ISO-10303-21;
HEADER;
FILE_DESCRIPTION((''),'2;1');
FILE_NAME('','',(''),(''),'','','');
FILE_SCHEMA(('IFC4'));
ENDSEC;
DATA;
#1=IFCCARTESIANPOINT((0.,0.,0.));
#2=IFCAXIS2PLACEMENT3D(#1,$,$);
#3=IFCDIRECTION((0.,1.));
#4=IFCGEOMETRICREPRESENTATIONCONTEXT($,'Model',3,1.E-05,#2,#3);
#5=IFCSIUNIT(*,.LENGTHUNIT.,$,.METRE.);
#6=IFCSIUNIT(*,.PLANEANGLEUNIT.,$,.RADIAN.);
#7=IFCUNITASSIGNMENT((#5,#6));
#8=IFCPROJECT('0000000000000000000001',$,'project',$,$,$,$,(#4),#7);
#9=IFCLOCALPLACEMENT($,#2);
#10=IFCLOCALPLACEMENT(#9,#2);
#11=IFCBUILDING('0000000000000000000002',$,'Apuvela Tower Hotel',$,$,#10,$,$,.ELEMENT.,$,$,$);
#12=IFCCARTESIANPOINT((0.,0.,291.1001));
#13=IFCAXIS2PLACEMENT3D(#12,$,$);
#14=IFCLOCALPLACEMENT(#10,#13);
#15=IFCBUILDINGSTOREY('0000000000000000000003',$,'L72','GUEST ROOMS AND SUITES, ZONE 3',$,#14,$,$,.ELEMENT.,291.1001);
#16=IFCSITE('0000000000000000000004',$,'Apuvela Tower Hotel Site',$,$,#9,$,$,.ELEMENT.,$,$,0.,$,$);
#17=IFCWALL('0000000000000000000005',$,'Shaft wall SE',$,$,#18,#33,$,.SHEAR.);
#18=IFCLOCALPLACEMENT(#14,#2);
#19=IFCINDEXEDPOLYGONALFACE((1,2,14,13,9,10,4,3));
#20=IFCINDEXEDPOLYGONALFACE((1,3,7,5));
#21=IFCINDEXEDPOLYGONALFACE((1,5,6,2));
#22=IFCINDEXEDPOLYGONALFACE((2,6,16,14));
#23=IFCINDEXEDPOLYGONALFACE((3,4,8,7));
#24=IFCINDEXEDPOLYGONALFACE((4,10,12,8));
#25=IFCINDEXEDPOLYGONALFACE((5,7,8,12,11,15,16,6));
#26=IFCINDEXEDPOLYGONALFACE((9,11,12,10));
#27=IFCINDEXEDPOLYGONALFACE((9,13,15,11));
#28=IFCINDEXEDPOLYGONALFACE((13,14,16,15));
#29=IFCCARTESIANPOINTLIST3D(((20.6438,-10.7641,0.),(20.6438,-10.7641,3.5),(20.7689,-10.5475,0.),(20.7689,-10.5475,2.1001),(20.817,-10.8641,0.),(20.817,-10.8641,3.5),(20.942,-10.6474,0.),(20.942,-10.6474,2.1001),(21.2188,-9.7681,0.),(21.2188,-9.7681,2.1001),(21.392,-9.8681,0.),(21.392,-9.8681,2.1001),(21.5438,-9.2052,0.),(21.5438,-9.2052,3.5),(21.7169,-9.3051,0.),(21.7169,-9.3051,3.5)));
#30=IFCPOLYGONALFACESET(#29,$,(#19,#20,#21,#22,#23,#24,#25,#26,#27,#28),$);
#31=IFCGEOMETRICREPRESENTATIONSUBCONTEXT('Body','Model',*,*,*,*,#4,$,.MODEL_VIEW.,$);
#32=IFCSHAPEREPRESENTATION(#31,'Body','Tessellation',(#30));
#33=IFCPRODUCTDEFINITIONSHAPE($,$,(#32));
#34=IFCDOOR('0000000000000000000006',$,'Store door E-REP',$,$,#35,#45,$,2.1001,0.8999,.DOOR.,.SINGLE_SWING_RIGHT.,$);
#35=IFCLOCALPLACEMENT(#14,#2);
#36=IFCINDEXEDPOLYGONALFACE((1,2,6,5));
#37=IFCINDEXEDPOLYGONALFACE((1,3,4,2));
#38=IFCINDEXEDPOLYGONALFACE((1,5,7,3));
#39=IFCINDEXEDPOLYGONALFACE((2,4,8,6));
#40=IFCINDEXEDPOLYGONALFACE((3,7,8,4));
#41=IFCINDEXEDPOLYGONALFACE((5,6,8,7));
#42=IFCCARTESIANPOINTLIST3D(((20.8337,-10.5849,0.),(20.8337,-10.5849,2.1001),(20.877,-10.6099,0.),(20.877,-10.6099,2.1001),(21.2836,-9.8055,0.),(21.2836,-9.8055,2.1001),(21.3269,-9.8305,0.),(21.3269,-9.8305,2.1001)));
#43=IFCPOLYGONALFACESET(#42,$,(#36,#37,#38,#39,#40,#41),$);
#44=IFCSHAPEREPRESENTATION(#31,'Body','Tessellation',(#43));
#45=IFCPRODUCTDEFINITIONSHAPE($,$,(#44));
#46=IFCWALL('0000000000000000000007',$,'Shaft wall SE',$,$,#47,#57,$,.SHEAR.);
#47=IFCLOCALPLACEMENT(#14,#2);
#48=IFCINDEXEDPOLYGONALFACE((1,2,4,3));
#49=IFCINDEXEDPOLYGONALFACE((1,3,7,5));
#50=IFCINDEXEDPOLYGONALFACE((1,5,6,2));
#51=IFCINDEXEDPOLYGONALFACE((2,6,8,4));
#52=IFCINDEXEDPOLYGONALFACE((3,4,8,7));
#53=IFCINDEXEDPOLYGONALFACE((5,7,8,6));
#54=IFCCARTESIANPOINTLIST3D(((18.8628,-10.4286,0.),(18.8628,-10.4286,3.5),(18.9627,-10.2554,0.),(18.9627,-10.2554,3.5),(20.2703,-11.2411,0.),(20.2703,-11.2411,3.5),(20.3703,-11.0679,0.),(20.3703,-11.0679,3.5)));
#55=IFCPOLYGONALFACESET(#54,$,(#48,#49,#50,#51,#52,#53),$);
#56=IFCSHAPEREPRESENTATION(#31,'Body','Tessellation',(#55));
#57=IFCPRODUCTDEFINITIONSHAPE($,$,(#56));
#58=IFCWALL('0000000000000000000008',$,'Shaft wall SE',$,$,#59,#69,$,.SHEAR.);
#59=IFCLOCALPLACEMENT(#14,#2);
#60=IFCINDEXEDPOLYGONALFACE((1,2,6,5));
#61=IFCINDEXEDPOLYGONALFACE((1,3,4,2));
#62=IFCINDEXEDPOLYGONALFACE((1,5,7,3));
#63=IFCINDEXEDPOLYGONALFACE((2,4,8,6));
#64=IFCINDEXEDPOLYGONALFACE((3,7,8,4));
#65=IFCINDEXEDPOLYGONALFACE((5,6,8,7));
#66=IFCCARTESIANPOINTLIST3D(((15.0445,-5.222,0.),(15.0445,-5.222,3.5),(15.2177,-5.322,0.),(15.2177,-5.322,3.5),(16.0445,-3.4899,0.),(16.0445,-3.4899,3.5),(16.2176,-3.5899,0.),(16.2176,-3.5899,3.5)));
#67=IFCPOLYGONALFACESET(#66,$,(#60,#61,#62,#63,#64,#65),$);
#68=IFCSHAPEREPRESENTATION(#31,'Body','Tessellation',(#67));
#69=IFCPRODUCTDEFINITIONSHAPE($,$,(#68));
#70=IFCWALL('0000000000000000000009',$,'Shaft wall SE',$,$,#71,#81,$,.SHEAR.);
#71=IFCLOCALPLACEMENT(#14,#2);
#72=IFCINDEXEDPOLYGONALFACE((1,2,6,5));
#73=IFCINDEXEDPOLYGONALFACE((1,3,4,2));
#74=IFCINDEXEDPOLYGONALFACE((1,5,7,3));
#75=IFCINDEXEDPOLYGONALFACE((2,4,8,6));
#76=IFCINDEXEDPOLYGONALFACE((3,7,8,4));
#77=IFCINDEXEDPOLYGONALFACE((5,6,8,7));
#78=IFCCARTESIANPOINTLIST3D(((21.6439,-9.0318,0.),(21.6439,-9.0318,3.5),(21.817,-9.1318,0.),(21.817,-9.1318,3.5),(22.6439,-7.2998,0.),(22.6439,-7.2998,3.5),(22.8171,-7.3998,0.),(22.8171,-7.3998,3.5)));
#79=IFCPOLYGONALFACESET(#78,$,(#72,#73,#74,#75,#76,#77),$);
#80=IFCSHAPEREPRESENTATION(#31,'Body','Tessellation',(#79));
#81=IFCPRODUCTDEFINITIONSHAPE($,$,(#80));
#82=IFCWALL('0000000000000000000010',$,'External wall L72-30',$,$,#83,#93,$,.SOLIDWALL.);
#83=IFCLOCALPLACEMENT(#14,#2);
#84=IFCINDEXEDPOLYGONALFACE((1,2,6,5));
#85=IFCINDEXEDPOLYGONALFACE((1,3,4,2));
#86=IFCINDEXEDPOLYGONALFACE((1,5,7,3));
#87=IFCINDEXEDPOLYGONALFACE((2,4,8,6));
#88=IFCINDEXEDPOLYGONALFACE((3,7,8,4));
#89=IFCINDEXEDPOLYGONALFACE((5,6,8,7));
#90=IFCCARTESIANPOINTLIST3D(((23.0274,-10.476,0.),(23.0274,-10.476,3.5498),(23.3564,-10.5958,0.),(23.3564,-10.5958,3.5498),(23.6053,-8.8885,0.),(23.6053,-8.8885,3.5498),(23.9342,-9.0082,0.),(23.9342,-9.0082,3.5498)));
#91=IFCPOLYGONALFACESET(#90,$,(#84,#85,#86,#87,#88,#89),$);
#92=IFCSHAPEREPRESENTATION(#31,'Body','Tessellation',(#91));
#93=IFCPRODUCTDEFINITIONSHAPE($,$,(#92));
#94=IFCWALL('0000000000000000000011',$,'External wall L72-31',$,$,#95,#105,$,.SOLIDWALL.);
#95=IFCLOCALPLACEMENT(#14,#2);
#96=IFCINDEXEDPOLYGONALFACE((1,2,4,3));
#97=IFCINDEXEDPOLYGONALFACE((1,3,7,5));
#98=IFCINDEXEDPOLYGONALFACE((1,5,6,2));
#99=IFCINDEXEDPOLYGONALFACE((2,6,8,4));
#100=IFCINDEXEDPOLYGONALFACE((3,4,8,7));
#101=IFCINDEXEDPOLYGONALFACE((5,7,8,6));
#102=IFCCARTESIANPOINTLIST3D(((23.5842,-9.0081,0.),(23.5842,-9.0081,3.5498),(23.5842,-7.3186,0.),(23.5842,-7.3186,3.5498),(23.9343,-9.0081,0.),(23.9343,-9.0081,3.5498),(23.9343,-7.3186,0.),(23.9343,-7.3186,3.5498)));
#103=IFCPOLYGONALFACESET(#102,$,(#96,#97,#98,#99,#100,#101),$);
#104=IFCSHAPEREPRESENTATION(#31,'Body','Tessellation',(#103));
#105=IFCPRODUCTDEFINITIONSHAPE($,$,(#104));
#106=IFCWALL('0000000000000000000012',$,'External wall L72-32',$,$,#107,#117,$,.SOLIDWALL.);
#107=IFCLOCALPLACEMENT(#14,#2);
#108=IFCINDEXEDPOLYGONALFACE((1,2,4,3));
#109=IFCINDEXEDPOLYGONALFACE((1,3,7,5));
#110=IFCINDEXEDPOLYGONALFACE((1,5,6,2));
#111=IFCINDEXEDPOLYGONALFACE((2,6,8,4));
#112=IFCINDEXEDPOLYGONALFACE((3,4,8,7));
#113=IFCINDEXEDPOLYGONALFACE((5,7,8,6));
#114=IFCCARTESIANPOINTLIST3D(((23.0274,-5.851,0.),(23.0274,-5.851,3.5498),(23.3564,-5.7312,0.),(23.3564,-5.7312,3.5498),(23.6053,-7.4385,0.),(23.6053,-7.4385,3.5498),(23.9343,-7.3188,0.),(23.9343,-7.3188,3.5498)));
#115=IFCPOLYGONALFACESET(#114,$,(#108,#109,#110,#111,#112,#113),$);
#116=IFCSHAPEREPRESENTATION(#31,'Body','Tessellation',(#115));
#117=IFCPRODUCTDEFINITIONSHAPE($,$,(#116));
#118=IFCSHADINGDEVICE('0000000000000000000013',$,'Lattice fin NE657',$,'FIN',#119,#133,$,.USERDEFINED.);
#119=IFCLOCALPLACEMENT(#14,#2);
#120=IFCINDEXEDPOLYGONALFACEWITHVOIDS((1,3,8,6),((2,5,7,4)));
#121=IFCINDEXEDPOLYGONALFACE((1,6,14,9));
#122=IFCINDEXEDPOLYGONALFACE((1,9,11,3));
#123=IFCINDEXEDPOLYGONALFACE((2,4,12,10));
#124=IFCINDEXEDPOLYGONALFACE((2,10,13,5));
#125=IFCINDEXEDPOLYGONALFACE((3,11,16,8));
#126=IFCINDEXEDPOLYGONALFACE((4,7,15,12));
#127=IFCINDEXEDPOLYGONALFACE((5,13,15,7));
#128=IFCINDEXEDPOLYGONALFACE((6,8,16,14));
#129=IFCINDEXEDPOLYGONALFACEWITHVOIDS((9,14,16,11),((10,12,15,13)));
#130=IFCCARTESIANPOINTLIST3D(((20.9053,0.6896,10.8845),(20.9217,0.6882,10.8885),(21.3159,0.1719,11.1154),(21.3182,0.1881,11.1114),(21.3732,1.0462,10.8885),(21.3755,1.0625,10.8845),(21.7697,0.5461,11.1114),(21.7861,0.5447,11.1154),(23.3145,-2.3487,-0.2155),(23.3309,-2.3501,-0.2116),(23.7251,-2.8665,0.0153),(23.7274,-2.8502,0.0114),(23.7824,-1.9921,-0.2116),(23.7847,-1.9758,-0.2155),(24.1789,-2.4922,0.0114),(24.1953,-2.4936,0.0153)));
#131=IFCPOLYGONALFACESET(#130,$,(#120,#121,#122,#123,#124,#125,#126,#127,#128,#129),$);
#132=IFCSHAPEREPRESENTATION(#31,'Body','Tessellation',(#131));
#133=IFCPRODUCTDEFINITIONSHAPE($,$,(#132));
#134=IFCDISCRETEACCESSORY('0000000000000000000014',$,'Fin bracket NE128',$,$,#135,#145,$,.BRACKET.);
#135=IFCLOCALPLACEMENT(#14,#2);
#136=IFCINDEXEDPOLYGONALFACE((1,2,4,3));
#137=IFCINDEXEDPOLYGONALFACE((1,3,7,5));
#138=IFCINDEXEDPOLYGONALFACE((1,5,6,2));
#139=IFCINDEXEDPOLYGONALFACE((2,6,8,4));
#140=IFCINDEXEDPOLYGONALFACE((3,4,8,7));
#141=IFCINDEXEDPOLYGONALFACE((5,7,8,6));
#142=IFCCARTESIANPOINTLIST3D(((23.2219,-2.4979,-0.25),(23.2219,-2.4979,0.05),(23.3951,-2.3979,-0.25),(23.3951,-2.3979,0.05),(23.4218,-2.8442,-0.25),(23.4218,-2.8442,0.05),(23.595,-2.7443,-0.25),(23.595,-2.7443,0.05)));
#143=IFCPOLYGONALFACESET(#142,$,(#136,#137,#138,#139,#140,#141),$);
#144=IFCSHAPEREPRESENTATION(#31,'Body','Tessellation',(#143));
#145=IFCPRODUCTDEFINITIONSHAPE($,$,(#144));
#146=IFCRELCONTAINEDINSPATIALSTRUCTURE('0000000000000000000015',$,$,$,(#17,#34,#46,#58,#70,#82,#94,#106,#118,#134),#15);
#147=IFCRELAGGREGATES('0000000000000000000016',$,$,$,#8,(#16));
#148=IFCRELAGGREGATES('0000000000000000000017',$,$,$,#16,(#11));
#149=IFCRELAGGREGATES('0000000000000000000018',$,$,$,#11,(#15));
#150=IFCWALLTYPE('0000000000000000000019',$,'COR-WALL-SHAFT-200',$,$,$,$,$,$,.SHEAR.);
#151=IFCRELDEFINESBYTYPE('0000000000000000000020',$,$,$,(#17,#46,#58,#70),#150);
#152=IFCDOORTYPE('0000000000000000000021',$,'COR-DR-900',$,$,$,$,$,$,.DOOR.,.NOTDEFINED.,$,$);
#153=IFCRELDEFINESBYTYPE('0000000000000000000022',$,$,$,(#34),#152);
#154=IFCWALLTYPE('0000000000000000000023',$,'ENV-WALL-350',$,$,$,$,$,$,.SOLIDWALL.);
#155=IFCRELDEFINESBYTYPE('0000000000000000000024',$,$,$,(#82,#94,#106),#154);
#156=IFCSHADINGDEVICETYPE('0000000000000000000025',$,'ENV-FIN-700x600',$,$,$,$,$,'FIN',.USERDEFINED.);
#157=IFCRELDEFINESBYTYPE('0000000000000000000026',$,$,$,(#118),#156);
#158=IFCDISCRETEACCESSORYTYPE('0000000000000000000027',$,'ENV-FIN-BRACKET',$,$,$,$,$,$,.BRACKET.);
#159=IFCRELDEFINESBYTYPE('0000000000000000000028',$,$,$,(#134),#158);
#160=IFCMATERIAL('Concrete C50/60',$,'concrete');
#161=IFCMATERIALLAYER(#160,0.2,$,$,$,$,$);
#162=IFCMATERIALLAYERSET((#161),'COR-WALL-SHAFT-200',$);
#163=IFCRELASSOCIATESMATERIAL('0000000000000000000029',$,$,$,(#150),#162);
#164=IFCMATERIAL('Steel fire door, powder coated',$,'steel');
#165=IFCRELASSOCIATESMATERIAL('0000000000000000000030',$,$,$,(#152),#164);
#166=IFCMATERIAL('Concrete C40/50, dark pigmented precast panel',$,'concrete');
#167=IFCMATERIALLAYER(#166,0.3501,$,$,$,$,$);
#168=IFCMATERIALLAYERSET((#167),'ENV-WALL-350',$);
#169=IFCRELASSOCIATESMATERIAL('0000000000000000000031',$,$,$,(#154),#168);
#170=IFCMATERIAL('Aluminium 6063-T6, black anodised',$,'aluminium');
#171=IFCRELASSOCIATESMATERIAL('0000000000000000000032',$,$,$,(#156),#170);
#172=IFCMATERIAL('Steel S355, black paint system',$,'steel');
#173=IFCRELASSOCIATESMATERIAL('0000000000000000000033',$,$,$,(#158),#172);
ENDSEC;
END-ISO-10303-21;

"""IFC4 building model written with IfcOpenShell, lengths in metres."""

from ifc_helpers import new_model, si_unit, direction, frame, frame_2d, origin, origin_2d, place, context, subcontext, project, spatial, rectangle, hollow_rectangle, extrude, material, layer, layer_set, material_profile, profile_set, type_object, element, fill, save


model = new_model("IFC4")

# Units and contexts
model_context = context("Model", 3, precision=1e-05, world=origin(), true_north=direction((0.0, 1.0)))
body_context = subcontext(model_context, "Body", "Model", "MODEL_VIEW")
ifc_project = project(units=[si_unit("LENGTHUNIT", "METRE"), si_unit("PLANEANGLEUNIT", "RADIAN")], contexts=[model_context])

# Site, building, storey
site_placement = place(None, origin())
site = spatial("IfcSite", under=ifc_project, at=site_placement, Name="Apuvela Tower Hotel Site", CompositionType="ELEMENT", RefElevation=0.0)
building_placement = place(site_placement, origin())
building = spatial("IfcBuilding", under=site, at=building_placement, Name="Apuvela Tower Hotel", CompositionType="ELEMENT")
storey_placement = place(building_placement, frame((0.0, 0.0, 291.1001)))
storey = spatial("IfcBuildingStorey", under=building, at=storey_placement, Name="L72", Description="GUEST ROOMS AND SUITES, ZONE 3", CompositionType="ELEMENT", Elevation=291.1001)

# Shared definitions
ifc_material_1 = material(Name="Concrete C50/60", Category="concrete")
ifc_layer_1 = layer(ifc_material_1, 0.2)
ifc_layer_set_1 = layer_set([ifc_layer_1], Name="COR-WALL-SHAFT-200")
wall_type_1 = type_object("IfcWallType", Name="COR-WALL-SHAFT-200", PredefinedType="SHEAR", material=ifc_layer_set_1)

# Wall, opening, door
wall_1_placement = place(storey_placement, frame((20.7305, -10.814, 0.0), z_axis=(0.0, 0.0, 1.0), x_axis=(0.499961, 0.866048, 0.0)))
wall_1 = element("IfcWall", 1, at=wall_1_placement, inside=storey, type_object=wall_type_1, Name="Shaft wall SE", PredefinedType="SHEAR", context=body_context, shape_type="SweptSolid", body=[
    extrude(rectangle(XDim=1.8, YDim=0.2, at=frame_2d((0.8999, 0.0))), origin(), (0.0, 0.0, 1.0), 3.5),
])
opening_1_placement = place(wall_1_placement, frame((0.25, 0.0, 0.0)))
opening_1 = element("IfcOpeningElement", 2, at=opening_1_placement, cuts=wall_1, PredefinedType="OPENING", context=body_context, shape_type="SweptSolid", body=[
    extrude(rectangle(XDim=0.8999, YDim=2.1001, at=frame_2d((0.45, 1.05))), frame((0.0, 0.1099, 0.0), z_axis=(0.0, -1.0, 0.0), x_axis=(1.0, 0.0, 0.0)), (0.0, 0.0, 1.0), 0.22),
])
ifc_material_2 = material(Name="Steel fire door, powder coated", Category="steel")
door_type_1 = type_object("IfcDoorType", Name="COR-DR-900", OperationType="NOTDEFINED", PredefinedType="DOOR", material=ifc_material_2)
door_1_placement = place(opening_1_placement, frame((0.8999, 0.0, 0.0), z_axis=(0.0, 0.0, 1.0), x_axis=(-1.0, 0.0, 0.0)))
door_1 = element("IfcDoor", 3, at=door_1_placement, inside=storey, type_object=door_type_1, Name="Store door E-REP", OperationType="SINGLE_SWING_RIGHT", OverallHeight=2.1001, OverallWidth=0.8999, PredefinedType="DOOR", context=body_context, shape_type="SweptSolid", body=[
    extrude(rectangle(XDim=0.8999, YDim=2.1001, at=frame_2d((0.45, 1.05))), frame((0.0, 0.0249, 0.0), z_axis=(0.0, -1.0, 0.0), x_axis=(1.0, 0.0, 0.0)), (0.0, 0.0, 1.0), 0.05),
])
fill(opening_1, door_1)

# Walls
wall_2_placement = place(storey_placement, frame((18.9128, -10.342, 0.0), z_axis=(0.0, 0.0, 1.0), x_axis=(0.866053, -0.499952, 0.0)))
element("IfcWall", 4, at=wall_2_placement, inside=storey, type_object=wall_type_1, Name="Shaft wall SE", PredefinedType="SHEAR", context=body_context, shape_type="SweptSolid", body=[
    extrude(rectangle(XDim=1.6252, YDim=0.2, at=frame_2d((0.8125, 0.0))), origin(), (0.0, 0.0, 1.0), 3.5),
])
for number, where, z_axis, x_axis, name in (
    (5, (15.1311, -5.272, 0.0), (0.0, 0.0, 1.0), (0.499973, 0.866041, 0.0), "Shaft wall SE"),
    (6, (21.7305, -9.0818, 0.0), (0.0, 0.0, 1.0), (0.500025, 0.866011, 0.0), "Shaft wall SE"),
):
    element("IfcWall", number, at=place(storey_placement, frame(where, z_axis=z_axis, x_axis=x_axis)), inside=storey, type_object=wall_type_1, Name=name, PredefinedType="SHEAR", context=body_context, shape_type="SweptSolid", body=[
        extrude(rectangle(XDim=2.0, YDim=0.2, at=frame_2d((1.0, 0.0))), origin(), (0.0, 0.0, 1.0), 3.5),
    ])
ifc_material_3 = material(Name="Concrete C40/50, dark pigmented precast panel", Category="concrete")
ifc_layer_2 = layer(ifc_material_3, 0.3501)
ifc_layer_set_2 = layer_set([ifc_layer_2], Name="ENV-WALL-350")
wall_type_2 = type_object("IfcWallType", Name="ENV-WALL-350", PredefinedType="SOLIDWALL", material=ifc_layer_set_2)
for number, where, z_axis, x_axis, name in (
    (7, (23.1919, -10.5359, 0.0), (0.0, 0.0, 1.0), (0.342033, 0.939688, 0.0), "External wall L72-30"),
    (8, (23.7593, -9.0081, 0.0), (0.0, 0.0, 1.0), (0.0, 1.0, 0.0), "External wall L72-31"),
    (9, (23.7698, -7.3787, 0.0), (0.0, 0.0, 1.0), (-0.342033, 0.939688, 0.0), "External wall L72-32"),
):
    element("IfcWall", number, at=place(storey_placement, frame(where, z_axis=z_axis, x_axis=x_axis)), inside=storey, type_object=wall_type_2, Name=name, PredefinedType="SOLIDWALL", context=body_context, shape_type="SweptSolid", body=[
        extrude(rectangle(XDim=1.6895, YDim=0.3501, at=frame_2d((0.8447, 0.0))), origin(), (0.0, 0.0, 1.0), 3.5498),
    ])

# Shading device
ifc_material_4 = material(Name="Aluminium 6063-T6, black anodised", Category="aluminium")
ifc_material_profile_1 = material_profile(ifc_material_4, hollow_rectangle(XDim=0.6001, YDim=0.7, WallThickness=0.012, at=origin_2d()), Name="AL BOX 700x600x12")
ifc_profile_set_1 = profile_set([ifc_material_profile_1], Name="Aluminium 6063-T6, black anodised")
shading_device_type = type_object("IfcShadingDeviceType", Name="ENV-FIN-700x600", ElementType="FIN", PredefinedType="USERDEFINED", material=ifc_profile_set_1)
shading_device_placement = place(storey_placement, frame((23.7549, -2.4211, -0.1001), z_axis=(-0.204899, 0.258408, 0.944056), x_axis=(-0.783564, -0.621311, 0.0)))
element("IfcShadingDevice", 10, at=shading_device_placement, inside=storey, type_object=shading_device_type, Name="Lattice fin NE657", ObjectType="FIN", PredefinedType="USERDEFINED", context=body_context, shape_type="SweptSolid", body=[
    extrude(hollow_rectangle(XDim=0.6001, YDim=0.7, WallThickness=0.012, at=origin_2d()), origin(), (0.0, 0.0, 1.0), 11.7578),
])

# Discrete accessory
ifc_material_5 = material(Name="Steel S355, black paint system", Category="steel")
discrete_accessory_type = type_object("IfcDiscreteAccessoryType", Name="ENV-FIN-BRACKET", PredefinedType="BRACKET", material=ifc_material_5)
discrete_accessory_placement = place(storey_placement, frame((23.4084, -2.6211, -0.25), z_axis=(0.0, 0.0, 1.0), x_axis=(-0.5, 0.866025, 0.0)))
element("IfcDiscreteAccessory", 11, at=discrete_accessory_placement, inside=storey, type_object=discrete_accessory_type, Name="Fin bracket NE128", PredefinedType="BRACKET", context=body_context, shape_type="SweptSolid", body=[
    extrude(rectangle(XDim=0.3999, YDim=0.2, at=origin_2d()), origin(), (0.0, 0.0, 1.0), 0.3),
])

save(model, "model.ifc")
